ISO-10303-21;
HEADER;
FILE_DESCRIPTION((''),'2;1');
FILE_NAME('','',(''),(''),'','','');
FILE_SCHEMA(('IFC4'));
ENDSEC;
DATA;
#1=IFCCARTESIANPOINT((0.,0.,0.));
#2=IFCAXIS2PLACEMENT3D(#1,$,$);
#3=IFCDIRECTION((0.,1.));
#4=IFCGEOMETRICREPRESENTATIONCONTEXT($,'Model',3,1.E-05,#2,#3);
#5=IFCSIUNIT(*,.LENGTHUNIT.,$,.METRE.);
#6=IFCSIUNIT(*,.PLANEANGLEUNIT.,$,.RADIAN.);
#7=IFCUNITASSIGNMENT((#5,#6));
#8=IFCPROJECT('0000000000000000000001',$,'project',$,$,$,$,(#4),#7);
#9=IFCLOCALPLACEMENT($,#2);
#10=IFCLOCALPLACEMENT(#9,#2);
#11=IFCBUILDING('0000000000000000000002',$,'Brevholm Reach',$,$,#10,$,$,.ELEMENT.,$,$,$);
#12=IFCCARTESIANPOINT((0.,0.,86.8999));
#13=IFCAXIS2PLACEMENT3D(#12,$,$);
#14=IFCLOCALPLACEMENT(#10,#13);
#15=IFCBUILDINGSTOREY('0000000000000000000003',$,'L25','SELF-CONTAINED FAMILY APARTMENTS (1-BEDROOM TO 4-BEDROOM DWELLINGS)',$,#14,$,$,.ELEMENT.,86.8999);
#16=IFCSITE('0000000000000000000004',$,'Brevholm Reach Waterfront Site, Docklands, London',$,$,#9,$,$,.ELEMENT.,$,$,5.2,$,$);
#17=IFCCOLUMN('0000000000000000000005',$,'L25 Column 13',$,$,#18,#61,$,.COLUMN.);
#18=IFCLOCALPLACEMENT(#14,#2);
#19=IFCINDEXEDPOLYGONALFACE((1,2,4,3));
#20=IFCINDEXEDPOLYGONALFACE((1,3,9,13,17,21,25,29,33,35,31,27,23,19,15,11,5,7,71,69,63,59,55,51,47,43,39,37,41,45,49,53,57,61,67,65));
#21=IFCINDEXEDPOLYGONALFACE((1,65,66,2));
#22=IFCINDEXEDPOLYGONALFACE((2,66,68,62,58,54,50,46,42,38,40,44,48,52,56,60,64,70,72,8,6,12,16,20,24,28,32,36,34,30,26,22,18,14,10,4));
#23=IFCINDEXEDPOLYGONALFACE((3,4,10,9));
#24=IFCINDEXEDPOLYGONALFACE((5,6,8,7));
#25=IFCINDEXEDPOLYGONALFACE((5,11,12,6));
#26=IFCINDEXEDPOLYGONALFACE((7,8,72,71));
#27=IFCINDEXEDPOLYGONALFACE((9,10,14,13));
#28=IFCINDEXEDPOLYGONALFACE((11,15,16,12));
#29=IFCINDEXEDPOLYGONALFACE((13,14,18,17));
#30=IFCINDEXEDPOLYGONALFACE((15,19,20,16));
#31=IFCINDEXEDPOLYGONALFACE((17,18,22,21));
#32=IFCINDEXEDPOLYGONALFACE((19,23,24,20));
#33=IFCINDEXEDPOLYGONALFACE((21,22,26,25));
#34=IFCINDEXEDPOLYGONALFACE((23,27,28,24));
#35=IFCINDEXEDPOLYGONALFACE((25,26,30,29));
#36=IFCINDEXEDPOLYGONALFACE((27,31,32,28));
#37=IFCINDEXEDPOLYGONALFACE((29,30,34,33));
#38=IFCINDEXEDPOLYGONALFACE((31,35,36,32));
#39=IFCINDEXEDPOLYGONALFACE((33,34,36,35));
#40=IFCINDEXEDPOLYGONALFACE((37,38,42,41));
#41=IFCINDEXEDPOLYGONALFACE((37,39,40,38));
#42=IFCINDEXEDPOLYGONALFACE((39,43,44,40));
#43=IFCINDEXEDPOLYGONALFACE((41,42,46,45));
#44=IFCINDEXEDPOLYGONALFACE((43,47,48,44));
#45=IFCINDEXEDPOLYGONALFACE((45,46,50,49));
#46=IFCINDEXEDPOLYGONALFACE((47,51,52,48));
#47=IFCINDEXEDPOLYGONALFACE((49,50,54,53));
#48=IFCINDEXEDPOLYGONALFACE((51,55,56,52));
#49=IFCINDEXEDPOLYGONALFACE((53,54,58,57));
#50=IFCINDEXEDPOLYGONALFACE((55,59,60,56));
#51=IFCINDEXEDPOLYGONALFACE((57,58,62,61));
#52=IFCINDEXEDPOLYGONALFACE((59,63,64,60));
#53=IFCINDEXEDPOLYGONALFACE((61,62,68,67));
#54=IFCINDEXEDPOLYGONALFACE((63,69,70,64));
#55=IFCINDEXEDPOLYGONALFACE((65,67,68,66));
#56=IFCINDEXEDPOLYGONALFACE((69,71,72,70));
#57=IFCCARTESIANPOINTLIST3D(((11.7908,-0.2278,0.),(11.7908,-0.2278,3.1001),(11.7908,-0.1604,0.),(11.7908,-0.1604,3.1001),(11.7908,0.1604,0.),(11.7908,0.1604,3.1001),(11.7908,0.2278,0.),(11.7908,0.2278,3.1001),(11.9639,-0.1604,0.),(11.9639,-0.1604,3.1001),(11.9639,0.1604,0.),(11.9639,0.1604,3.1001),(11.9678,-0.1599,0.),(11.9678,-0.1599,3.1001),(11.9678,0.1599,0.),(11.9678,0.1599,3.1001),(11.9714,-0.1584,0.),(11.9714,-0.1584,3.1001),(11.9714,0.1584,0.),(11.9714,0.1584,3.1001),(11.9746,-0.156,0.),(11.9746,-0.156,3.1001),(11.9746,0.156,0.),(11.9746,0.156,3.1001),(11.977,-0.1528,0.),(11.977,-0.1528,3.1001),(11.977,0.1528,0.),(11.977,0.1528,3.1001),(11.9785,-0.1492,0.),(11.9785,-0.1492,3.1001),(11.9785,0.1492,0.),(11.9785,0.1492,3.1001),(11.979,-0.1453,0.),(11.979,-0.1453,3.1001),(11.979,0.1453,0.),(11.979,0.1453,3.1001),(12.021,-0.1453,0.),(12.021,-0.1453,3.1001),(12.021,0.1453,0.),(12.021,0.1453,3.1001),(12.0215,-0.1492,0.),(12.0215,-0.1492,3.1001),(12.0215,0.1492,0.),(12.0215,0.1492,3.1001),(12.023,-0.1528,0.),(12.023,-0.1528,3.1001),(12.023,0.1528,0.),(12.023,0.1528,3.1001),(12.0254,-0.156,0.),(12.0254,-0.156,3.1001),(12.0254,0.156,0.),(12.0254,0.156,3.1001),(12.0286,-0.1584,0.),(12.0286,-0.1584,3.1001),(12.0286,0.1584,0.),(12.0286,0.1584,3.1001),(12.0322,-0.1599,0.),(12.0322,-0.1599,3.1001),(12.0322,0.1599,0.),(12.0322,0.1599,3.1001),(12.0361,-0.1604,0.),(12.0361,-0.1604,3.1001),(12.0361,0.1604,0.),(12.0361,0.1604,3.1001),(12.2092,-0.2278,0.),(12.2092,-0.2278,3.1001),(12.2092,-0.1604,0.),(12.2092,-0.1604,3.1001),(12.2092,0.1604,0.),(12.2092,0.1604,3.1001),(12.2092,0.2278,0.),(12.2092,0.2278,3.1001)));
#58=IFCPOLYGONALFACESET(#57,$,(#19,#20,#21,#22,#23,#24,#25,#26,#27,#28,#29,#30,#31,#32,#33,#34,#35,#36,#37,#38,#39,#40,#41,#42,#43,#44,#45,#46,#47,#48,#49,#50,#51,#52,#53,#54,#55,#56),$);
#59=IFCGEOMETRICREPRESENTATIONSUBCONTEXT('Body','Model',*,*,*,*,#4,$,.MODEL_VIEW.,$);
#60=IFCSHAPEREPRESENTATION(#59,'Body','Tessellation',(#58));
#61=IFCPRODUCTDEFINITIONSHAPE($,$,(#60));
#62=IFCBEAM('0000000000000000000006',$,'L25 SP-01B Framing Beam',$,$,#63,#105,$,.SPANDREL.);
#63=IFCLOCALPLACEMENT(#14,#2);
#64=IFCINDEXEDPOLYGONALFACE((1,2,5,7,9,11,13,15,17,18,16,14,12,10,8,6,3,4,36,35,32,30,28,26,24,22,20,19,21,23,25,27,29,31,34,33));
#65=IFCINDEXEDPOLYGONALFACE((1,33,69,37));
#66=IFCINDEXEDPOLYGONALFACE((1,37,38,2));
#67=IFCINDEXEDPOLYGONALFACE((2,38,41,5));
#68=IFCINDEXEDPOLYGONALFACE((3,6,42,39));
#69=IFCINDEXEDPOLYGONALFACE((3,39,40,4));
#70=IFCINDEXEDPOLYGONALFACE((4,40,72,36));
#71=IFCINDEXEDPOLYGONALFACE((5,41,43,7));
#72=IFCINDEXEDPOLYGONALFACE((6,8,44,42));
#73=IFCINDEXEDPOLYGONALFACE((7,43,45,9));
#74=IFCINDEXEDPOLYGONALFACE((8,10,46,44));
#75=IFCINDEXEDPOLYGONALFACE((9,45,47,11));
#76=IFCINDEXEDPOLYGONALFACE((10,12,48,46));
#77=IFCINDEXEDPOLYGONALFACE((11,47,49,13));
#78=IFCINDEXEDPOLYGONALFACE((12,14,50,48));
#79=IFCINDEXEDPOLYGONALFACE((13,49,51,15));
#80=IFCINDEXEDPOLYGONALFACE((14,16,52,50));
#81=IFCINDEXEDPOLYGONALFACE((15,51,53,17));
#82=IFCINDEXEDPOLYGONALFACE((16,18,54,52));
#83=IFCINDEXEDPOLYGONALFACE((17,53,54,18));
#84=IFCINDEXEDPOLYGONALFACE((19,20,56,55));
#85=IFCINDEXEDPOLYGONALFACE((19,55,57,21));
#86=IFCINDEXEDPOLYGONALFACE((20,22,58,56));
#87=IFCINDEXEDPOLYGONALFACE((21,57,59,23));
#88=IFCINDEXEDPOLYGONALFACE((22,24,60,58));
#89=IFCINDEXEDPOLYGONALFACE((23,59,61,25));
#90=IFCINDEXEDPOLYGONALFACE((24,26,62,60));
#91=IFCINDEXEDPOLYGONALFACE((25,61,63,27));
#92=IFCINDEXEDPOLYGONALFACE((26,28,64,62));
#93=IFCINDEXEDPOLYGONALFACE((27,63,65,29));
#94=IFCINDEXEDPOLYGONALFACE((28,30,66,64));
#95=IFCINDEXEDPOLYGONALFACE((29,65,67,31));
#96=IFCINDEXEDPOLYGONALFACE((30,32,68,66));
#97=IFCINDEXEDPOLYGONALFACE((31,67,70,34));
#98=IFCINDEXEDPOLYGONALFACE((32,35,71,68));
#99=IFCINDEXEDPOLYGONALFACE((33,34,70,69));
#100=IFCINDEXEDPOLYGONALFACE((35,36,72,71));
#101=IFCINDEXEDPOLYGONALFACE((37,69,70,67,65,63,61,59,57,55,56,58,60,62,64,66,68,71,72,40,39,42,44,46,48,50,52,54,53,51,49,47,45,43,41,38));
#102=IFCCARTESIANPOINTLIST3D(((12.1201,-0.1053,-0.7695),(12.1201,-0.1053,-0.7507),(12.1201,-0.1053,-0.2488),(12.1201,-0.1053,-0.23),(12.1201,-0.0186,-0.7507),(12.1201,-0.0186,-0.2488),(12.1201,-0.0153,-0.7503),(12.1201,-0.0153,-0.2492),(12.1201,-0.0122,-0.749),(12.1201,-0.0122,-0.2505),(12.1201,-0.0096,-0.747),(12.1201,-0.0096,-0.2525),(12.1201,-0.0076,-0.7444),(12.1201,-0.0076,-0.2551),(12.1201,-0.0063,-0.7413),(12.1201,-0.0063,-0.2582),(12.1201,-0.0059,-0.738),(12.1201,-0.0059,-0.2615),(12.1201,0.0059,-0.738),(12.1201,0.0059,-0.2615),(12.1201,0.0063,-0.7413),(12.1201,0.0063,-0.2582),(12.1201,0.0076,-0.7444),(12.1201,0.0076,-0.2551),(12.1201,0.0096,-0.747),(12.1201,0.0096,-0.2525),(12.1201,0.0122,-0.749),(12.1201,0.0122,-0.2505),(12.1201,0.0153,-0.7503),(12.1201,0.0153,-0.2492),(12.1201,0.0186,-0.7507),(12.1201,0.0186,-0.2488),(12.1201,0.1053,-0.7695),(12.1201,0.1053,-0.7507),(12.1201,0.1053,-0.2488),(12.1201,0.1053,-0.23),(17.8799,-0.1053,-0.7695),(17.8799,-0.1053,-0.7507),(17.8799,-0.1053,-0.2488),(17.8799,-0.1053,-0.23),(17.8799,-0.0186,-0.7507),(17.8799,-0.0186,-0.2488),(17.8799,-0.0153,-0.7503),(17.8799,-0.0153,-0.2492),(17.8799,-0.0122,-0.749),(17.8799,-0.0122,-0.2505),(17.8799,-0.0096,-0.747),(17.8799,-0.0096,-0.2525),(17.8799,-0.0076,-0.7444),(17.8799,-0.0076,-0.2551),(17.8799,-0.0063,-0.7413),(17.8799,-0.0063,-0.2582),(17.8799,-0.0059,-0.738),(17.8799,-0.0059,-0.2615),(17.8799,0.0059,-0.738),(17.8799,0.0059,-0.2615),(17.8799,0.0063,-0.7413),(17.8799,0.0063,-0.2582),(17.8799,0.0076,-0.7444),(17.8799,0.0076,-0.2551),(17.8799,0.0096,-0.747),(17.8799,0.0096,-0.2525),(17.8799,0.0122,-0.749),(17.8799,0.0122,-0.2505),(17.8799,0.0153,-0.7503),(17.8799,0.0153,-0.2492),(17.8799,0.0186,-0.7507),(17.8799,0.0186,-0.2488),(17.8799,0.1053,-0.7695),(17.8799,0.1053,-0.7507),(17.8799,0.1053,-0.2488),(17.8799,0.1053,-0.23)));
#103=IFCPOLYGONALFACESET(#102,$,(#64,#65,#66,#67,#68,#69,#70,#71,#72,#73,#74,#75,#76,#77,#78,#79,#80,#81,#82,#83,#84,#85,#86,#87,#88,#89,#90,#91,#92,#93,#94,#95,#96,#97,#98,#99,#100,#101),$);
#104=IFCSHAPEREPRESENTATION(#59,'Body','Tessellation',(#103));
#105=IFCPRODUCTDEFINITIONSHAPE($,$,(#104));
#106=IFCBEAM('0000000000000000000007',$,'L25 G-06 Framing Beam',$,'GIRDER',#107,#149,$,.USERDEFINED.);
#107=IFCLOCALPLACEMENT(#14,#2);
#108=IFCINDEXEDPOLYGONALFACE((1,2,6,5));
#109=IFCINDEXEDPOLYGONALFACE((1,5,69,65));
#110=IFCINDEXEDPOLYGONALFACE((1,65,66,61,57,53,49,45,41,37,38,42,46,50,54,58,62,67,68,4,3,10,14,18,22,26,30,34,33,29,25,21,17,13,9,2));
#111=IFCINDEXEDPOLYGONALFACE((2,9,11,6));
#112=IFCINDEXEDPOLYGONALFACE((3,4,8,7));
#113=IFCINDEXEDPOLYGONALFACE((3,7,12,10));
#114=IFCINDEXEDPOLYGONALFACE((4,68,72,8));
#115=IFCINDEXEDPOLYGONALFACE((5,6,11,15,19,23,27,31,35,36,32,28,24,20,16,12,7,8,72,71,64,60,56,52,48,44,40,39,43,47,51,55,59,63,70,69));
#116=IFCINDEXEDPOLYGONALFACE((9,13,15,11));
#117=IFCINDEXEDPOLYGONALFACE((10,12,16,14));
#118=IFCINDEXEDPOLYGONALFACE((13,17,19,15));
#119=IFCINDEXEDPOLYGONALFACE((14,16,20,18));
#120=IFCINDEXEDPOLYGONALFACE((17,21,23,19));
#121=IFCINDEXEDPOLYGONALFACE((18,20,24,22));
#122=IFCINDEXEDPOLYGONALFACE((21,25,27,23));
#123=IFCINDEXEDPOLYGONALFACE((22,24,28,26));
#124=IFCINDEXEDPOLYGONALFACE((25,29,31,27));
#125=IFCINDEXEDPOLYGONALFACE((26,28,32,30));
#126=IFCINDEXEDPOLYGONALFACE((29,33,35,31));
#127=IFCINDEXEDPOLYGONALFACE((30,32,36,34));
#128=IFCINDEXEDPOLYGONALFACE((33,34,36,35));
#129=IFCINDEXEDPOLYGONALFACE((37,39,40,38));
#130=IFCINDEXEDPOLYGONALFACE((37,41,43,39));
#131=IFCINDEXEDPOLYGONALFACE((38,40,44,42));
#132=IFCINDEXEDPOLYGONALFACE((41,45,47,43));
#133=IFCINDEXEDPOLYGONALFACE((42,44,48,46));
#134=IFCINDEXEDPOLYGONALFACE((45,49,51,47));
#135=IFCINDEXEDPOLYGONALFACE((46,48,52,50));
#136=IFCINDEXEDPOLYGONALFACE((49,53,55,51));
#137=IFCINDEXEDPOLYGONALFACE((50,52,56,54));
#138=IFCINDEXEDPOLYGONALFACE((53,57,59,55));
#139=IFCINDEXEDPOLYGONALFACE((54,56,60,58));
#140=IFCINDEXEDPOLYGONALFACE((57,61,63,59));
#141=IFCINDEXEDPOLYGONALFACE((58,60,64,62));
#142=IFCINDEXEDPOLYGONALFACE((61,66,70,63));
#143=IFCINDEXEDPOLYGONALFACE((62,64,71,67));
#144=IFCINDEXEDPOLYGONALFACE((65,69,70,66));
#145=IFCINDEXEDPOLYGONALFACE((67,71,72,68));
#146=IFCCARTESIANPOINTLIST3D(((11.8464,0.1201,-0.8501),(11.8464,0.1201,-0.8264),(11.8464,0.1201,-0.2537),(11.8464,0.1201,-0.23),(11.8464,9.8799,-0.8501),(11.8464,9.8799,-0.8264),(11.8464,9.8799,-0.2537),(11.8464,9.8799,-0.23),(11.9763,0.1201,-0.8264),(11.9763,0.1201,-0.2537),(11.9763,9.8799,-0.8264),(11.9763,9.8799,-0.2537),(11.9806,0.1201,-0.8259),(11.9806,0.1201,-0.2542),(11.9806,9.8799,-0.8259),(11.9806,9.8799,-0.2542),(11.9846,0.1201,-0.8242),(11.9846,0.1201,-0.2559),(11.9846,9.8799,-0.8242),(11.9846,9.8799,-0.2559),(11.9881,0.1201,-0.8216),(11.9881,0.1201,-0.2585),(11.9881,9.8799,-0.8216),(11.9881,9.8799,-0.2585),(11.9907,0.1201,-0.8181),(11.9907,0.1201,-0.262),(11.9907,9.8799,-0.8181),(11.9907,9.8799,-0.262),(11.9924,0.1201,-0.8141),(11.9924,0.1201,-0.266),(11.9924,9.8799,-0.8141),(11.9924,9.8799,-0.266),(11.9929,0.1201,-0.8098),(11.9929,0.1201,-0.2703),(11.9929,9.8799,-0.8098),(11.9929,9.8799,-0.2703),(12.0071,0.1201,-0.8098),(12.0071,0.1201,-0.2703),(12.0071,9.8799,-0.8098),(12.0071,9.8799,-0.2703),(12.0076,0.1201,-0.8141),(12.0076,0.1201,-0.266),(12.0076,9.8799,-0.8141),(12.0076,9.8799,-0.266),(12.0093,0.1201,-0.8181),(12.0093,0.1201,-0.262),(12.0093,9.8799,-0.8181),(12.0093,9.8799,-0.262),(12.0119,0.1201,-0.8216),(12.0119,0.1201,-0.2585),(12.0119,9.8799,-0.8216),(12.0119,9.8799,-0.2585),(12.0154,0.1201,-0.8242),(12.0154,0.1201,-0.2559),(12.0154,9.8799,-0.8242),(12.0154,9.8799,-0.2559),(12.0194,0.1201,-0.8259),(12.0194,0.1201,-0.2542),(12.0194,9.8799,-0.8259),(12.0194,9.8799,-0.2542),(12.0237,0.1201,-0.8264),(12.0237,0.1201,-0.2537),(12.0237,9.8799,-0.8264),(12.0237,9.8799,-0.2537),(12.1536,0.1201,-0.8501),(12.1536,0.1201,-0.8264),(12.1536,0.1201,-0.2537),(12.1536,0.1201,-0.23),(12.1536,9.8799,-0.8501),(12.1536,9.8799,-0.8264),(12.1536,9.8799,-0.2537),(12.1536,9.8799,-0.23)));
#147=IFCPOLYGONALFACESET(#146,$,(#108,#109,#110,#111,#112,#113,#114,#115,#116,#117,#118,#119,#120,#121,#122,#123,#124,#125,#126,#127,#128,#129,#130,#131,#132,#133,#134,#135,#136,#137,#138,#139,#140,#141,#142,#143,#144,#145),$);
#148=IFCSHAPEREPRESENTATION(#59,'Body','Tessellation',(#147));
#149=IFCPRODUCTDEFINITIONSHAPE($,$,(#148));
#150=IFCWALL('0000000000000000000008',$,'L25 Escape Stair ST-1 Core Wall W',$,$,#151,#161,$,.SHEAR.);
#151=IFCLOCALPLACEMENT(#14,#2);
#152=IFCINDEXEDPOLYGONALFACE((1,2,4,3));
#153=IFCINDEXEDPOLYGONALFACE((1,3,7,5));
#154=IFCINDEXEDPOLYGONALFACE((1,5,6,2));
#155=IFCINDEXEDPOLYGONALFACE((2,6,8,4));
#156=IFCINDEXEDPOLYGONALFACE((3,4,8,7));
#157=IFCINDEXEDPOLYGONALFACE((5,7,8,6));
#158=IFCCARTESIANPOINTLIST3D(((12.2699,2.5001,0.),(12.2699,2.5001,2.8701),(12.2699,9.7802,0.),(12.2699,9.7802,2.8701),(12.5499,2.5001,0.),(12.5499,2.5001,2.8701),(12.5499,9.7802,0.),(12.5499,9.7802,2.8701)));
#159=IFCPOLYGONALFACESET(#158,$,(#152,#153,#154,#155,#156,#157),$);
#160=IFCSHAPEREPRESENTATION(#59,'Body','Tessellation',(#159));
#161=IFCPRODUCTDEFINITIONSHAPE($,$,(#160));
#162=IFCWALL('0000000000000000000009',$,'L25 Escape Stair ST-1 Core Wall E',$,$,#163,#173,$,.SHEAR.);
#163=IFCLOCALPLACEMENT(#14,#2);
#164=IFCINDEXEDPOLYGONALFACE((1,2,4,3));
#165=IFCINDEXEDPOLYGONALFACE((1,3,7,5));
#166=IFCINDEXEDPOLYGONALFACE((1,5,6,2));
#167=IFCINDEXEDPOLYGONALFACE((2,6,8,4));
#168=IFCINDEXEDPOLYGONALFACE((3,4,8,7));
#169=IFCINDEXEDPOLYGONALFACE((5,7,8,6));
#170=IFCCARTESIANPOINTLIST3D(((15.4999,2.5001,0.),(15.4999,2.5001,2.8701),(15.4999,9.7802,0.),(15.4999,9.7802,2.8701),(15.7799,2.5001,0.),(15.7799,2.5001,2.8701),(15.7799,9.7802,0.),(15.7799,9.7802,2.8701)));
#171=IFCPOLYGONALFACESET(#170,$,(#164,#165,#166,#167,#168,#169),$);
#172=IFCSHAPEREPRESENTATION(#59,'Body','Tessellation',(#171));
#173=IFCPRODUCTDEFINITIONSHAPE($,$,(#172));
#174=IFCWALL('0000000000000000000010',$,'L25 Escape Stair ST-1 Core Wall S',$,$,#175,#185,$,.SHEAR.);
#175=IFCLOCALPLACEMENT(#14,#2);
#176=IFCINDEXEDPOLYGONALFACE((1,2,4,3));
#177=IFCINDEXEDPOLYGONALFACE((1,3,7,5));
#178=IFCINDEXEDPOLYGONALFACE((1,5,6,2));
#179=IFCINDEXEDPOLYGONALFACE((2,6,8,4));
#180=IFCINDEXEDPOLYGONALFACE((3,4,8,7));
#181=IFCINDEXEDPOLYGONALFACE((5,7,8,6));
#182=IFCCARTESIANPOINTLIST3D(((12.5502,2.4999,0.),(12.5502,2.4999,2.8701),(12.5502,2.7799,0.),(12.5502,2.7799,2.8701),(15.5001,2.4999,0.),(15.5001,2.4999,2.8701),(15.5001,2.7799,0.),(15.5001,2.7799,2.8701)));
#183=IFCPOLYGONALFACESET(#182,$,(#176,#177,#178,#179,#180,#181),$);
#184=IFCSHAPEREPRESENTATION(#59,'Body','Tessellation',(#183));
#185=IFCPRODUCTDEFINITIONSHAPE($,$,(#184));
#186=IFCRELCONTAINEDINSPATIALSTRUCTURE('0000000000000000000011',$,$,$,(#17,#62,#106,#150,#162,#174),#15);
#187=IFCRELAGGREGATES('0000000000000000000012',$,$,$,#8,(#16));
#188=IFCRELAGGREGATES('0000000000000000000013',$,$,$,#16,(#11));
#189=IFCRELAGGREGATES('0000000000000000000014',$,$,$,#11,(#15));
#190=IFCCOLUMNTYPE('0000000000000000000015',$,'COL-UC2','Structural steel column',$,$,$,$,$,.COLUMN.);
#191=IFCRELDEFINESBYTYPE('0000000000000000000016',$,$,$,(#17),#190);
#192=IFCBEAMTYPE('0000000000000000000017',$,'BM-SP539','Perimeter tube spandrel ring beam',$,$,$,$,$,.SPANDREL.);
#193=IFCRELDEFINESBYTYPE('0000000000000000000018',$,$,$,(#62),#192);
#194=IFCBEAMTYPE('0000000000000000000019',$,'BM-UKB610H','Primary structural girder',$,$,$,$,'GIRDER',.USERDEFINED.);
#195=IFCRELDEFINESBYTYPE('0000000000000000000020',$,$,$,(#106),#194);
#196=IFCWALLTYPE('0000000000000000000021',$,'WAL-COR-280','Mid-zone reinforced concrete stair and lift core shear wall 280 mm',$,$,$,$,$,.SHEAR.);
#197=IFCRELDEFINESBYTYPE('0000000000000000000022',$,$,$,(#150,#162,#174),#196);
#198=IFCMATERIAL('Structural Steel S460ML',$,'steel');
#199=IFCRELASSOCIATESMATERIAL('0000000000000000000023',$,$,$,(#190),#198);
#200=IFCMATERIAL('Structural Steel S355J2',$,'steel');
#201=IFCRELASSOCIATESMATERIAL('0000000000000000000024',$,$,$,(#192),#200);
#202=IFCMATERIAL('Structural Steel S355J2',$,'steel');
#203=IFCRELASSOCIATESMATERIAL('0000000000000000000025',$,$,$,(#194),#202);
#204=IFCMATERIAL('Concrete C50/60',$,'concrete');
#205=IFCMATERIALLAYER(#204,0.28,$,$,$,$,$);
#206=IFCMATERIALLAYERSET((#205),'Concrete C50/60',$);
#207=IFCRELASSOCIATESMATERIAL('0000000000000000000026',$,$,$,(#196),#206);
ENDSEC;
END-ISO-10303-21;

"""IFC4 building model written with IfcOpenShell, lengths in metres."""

from ifc_helpers import new_model, si_unit, direction, frame, frame_2d, origin, origin_2d, place, context, subcontext, project, spatial, rectangle, i_section, extrude, material, layer, layer_set, material_profile, profile_set, type_object, element, save


model = new_model("IFC4")

# Units and contexts
model_context = context("Model", 3, precision=1e-05, world=origin(), true_north=direction((0.0, 1.0)))
body_context = subcontext(model_context, "Body", "Model", "MODEL_VIEW")
ifc_project = project(units=[si_unit("LENGTHUNIT", "METRE"), si_unit("PLANEANGLEUNIT", "RADIAN")], contexts=[model_context])

# Site, building, storey
site_placement = place(None, origin())
site = spatial("IfcSite", under=ifc_project, at=site_placement, Name="Brevholm Reach Waterfront Site, Docklands, London", CompositionType="ELEMENT", RefElevation=5.2)
building_placement = place(site_placement, origin())
building = spatial("IfcBuilding", under=site, at=building_placement, Name="Brevholm Reach", CompositionType="ELEMENT")
storey_placement = place(building_placement, frame((0.0, 0.0, 86.8999)))
storey = spatial("IfcBuildingStorey", under=building, at=storey_placement, Name="L25", Description="SELF-CONTAINED FAMILY APARTMENTS (1-BEDROOM TO 4-BEDROOM DWELLINGS)", CompositionType="ELEMENT", Elevation=86.8999)

# Column
ifc_material_1 = material(Name="Structural Steel S460ML", Category="steel")
ifc_material_profile_1 = material_profile(ifc_material_1, i_section(OverallWidth=0.4185, OverallDepth=0.4556, WebThickness=0.042, FlangeThickness=0.0674, FilletRadius=0.0151, at=origin_2d()), Name="UKC 356x406x551")
ifc_profile_set_1 = profile_set([ifc_material_profile_1], Name="Structural Steel S460ML")
column_type = type_object("IfcColumnType", Name="COL-UC2", Description="Structural steel column", PredefinedType="COLUMN", material=ifc_profile_set_1)
column_placement = place(storey_placement, frame((12.0, 0.0, 0.0), z_axis=(0.0, 0.0, 1.0), x_axis=(1.0, 0.0, 0.0)))
element("IfcColumn", 1, at=column_placement, inside=storey, type_object=column_type, Name="L25 Column 13", PredefinedType="COLUMN", context=body_context, shape_type="SweptSolid", body=[
    extrude(i_section(OverallWidth=0.4185, OverallDepth=0.4556, WebThickness=0.042, FlangeThickness=0.0674, FilletRadius=0.0151, at=origin_2d()), origin(), (0.0, 0.0, 1.0), 3.1001),
])

# Beams
ifc_material_2 = material(Name="Structural Steel S355J2", Category="steel")
ifc_material_profile_2 = material_profile(ifc_material_2, i_section(OverallWidth=0.2107, OverallDepth=0.5396, WebThickness=0.0117, FlangeThickness=0.0188, FilletRadius=0.0127, at=origin_2d()), Name="UKB 533x210x109")
ifc_profile_set_2 = profile_set([ifc_material_profile_2], Name="Structural Steel S355J2")
beam_type_1 = type_object("IfcBeamType", Name="BM-SP539", Description="Perimeter tube spandrel ring beam", PredefinedType="SPANDREL", material=ifc_profile_set_2)
beam_1_placement = place(storey_placement, frame((12.1201, 0.0, -0.4998), z_axis=(1.0, 0.0, 0.0), x_axis=(0.0, 1.0, 0.0)))
element("IfcBeam", 2, at=beam_1_placement, inside=storey, type_object=beam_type_1, Name="L25 SP-01B Framing Beam", PredefinedType="SPANDREL", context=body_context, shape_type="SweptSolid", body=[
    extrude(i_section(OverallWidth=0.2107, OverallDepth=0.5396, WebThickness=0.0117, FlangeThickness=0.0188, FilletRadius=0.0127, at=origin_2d()), origin(), (0.0, 0.0, 1.0), 5.7598),
])
ifc_material_3 = material(Name="Structural Steel S355J2", Category="steel")
ifc_material_profile_3 = material_profile(ifc_material_3, i_section(OverallWidth=0.3071, OverallDepth=0.6201, WebThickness=0.0142, FlangeThickness=0.0237, FilletRadius=0.0166, at=origin_2d()), Name="UKB 610x305x179")
ifc_profile_set_3 = profile_set([ifc_material_profile_3], Name="Structural Steel S355J2")
beam_type_2 = type_object("IfcBeamType", Name="BM-UKB610H", Description="Primary structural girder", ElementType="GIRDER", PredefinedType="USERDEFINED", material=ifc_profile_set_3)
beam_2_placement = place(storey_placement, frame((12.0, 0.1201, -0.54), z_axis=(0.0, 1.0, 0.0), x_axis=(-1.0, 0.0, 0.0)))
element("IfcBeam", 3, at=beam_2_placement, inside=storey, type_object=beam_type_2, Name="L25 G-06 Framing Beam", ObjectType="GIRDER", PredefinedType="USERDEFINED", context=body_context, shape_type="SweptSolid", body=[
    extrude(i_section(OverallWidth=0.3071, OverallDepth=0.6201, WebThickness=0.0142, FlangeThickness=0.0237, FilletRadius=0.0166, at=origin_2d()), origin(), (0.0, 0.0, 1.0), 9.7598),
])

# Walls
ifc_material_4 = material(Name="Concrete C50/60", Category="concrete")
ifc_layer_1 = layer(ifc_material_4, 0.28)
ifc_layer_set_1 = layer_set([ifc_layer_1], Name="Concrete C50/60")
wall_type_1 = type_object("IfcWallType", Name="WAL-COR-280", Description="Mid-zone reinforced concrete stair and lift core shear wall 280 mm", PredefinedType="SHEAR", material=ifc_layer_set_1)
for number, where, z_axis, x_axis, name in (
    (4, (12.4099, 2.5, 0.0), (0.0, 0.0, 1.0), (0.0, 1.0, 0.0), "L25 Escape Stair ST-1 Core Wall W"),
    (5, (15.6399, 2.5, 0.0), (0.0, 0.0, 1.0), (0.0, 1.0, 0.0), "L25 Escape Stair ST-1 Core Wall E"),
):
    element("IfcWall", number, at=place(storey_placement, frame(where, z_axis=z_axis, x_axis=x_axis)), inside=storey, type_object=wall_type_1, Name=name, PredefinedType="SHEAR", context=body_context, shape_type="SweptSolid", body=[
        extrude(rectangle(XDim=7.28, YDim=0.28, at=frame_2d((3.6401, 0.0))), origin(), (0.0, 0.0, 1.0), 2.8701),
    ])
wall_1_placement = place(storey_placement, frame((12.55, 2.6399, 0.0), z_axis=(0.0, 0.0, 1.0), x_axis=(1.0, 0.0, 0.0)))
element("IfcWall", 6, at=wall_1_placement, inside=storey, type_object=wall_type_1, Name="L25 Escape Stair ST-1 Core Wall S", PredefinedType="SHEAR", context=body_context, shape_type="SweptSolid", body=[
    extrude(rectangle(XDim=2.95, YDim=0.28, at=frame_2d((1.4751, 0.0))), origin(), (0.0, 0.0, 1.0), 2.8701),
])

save(model, "model.ifc")
